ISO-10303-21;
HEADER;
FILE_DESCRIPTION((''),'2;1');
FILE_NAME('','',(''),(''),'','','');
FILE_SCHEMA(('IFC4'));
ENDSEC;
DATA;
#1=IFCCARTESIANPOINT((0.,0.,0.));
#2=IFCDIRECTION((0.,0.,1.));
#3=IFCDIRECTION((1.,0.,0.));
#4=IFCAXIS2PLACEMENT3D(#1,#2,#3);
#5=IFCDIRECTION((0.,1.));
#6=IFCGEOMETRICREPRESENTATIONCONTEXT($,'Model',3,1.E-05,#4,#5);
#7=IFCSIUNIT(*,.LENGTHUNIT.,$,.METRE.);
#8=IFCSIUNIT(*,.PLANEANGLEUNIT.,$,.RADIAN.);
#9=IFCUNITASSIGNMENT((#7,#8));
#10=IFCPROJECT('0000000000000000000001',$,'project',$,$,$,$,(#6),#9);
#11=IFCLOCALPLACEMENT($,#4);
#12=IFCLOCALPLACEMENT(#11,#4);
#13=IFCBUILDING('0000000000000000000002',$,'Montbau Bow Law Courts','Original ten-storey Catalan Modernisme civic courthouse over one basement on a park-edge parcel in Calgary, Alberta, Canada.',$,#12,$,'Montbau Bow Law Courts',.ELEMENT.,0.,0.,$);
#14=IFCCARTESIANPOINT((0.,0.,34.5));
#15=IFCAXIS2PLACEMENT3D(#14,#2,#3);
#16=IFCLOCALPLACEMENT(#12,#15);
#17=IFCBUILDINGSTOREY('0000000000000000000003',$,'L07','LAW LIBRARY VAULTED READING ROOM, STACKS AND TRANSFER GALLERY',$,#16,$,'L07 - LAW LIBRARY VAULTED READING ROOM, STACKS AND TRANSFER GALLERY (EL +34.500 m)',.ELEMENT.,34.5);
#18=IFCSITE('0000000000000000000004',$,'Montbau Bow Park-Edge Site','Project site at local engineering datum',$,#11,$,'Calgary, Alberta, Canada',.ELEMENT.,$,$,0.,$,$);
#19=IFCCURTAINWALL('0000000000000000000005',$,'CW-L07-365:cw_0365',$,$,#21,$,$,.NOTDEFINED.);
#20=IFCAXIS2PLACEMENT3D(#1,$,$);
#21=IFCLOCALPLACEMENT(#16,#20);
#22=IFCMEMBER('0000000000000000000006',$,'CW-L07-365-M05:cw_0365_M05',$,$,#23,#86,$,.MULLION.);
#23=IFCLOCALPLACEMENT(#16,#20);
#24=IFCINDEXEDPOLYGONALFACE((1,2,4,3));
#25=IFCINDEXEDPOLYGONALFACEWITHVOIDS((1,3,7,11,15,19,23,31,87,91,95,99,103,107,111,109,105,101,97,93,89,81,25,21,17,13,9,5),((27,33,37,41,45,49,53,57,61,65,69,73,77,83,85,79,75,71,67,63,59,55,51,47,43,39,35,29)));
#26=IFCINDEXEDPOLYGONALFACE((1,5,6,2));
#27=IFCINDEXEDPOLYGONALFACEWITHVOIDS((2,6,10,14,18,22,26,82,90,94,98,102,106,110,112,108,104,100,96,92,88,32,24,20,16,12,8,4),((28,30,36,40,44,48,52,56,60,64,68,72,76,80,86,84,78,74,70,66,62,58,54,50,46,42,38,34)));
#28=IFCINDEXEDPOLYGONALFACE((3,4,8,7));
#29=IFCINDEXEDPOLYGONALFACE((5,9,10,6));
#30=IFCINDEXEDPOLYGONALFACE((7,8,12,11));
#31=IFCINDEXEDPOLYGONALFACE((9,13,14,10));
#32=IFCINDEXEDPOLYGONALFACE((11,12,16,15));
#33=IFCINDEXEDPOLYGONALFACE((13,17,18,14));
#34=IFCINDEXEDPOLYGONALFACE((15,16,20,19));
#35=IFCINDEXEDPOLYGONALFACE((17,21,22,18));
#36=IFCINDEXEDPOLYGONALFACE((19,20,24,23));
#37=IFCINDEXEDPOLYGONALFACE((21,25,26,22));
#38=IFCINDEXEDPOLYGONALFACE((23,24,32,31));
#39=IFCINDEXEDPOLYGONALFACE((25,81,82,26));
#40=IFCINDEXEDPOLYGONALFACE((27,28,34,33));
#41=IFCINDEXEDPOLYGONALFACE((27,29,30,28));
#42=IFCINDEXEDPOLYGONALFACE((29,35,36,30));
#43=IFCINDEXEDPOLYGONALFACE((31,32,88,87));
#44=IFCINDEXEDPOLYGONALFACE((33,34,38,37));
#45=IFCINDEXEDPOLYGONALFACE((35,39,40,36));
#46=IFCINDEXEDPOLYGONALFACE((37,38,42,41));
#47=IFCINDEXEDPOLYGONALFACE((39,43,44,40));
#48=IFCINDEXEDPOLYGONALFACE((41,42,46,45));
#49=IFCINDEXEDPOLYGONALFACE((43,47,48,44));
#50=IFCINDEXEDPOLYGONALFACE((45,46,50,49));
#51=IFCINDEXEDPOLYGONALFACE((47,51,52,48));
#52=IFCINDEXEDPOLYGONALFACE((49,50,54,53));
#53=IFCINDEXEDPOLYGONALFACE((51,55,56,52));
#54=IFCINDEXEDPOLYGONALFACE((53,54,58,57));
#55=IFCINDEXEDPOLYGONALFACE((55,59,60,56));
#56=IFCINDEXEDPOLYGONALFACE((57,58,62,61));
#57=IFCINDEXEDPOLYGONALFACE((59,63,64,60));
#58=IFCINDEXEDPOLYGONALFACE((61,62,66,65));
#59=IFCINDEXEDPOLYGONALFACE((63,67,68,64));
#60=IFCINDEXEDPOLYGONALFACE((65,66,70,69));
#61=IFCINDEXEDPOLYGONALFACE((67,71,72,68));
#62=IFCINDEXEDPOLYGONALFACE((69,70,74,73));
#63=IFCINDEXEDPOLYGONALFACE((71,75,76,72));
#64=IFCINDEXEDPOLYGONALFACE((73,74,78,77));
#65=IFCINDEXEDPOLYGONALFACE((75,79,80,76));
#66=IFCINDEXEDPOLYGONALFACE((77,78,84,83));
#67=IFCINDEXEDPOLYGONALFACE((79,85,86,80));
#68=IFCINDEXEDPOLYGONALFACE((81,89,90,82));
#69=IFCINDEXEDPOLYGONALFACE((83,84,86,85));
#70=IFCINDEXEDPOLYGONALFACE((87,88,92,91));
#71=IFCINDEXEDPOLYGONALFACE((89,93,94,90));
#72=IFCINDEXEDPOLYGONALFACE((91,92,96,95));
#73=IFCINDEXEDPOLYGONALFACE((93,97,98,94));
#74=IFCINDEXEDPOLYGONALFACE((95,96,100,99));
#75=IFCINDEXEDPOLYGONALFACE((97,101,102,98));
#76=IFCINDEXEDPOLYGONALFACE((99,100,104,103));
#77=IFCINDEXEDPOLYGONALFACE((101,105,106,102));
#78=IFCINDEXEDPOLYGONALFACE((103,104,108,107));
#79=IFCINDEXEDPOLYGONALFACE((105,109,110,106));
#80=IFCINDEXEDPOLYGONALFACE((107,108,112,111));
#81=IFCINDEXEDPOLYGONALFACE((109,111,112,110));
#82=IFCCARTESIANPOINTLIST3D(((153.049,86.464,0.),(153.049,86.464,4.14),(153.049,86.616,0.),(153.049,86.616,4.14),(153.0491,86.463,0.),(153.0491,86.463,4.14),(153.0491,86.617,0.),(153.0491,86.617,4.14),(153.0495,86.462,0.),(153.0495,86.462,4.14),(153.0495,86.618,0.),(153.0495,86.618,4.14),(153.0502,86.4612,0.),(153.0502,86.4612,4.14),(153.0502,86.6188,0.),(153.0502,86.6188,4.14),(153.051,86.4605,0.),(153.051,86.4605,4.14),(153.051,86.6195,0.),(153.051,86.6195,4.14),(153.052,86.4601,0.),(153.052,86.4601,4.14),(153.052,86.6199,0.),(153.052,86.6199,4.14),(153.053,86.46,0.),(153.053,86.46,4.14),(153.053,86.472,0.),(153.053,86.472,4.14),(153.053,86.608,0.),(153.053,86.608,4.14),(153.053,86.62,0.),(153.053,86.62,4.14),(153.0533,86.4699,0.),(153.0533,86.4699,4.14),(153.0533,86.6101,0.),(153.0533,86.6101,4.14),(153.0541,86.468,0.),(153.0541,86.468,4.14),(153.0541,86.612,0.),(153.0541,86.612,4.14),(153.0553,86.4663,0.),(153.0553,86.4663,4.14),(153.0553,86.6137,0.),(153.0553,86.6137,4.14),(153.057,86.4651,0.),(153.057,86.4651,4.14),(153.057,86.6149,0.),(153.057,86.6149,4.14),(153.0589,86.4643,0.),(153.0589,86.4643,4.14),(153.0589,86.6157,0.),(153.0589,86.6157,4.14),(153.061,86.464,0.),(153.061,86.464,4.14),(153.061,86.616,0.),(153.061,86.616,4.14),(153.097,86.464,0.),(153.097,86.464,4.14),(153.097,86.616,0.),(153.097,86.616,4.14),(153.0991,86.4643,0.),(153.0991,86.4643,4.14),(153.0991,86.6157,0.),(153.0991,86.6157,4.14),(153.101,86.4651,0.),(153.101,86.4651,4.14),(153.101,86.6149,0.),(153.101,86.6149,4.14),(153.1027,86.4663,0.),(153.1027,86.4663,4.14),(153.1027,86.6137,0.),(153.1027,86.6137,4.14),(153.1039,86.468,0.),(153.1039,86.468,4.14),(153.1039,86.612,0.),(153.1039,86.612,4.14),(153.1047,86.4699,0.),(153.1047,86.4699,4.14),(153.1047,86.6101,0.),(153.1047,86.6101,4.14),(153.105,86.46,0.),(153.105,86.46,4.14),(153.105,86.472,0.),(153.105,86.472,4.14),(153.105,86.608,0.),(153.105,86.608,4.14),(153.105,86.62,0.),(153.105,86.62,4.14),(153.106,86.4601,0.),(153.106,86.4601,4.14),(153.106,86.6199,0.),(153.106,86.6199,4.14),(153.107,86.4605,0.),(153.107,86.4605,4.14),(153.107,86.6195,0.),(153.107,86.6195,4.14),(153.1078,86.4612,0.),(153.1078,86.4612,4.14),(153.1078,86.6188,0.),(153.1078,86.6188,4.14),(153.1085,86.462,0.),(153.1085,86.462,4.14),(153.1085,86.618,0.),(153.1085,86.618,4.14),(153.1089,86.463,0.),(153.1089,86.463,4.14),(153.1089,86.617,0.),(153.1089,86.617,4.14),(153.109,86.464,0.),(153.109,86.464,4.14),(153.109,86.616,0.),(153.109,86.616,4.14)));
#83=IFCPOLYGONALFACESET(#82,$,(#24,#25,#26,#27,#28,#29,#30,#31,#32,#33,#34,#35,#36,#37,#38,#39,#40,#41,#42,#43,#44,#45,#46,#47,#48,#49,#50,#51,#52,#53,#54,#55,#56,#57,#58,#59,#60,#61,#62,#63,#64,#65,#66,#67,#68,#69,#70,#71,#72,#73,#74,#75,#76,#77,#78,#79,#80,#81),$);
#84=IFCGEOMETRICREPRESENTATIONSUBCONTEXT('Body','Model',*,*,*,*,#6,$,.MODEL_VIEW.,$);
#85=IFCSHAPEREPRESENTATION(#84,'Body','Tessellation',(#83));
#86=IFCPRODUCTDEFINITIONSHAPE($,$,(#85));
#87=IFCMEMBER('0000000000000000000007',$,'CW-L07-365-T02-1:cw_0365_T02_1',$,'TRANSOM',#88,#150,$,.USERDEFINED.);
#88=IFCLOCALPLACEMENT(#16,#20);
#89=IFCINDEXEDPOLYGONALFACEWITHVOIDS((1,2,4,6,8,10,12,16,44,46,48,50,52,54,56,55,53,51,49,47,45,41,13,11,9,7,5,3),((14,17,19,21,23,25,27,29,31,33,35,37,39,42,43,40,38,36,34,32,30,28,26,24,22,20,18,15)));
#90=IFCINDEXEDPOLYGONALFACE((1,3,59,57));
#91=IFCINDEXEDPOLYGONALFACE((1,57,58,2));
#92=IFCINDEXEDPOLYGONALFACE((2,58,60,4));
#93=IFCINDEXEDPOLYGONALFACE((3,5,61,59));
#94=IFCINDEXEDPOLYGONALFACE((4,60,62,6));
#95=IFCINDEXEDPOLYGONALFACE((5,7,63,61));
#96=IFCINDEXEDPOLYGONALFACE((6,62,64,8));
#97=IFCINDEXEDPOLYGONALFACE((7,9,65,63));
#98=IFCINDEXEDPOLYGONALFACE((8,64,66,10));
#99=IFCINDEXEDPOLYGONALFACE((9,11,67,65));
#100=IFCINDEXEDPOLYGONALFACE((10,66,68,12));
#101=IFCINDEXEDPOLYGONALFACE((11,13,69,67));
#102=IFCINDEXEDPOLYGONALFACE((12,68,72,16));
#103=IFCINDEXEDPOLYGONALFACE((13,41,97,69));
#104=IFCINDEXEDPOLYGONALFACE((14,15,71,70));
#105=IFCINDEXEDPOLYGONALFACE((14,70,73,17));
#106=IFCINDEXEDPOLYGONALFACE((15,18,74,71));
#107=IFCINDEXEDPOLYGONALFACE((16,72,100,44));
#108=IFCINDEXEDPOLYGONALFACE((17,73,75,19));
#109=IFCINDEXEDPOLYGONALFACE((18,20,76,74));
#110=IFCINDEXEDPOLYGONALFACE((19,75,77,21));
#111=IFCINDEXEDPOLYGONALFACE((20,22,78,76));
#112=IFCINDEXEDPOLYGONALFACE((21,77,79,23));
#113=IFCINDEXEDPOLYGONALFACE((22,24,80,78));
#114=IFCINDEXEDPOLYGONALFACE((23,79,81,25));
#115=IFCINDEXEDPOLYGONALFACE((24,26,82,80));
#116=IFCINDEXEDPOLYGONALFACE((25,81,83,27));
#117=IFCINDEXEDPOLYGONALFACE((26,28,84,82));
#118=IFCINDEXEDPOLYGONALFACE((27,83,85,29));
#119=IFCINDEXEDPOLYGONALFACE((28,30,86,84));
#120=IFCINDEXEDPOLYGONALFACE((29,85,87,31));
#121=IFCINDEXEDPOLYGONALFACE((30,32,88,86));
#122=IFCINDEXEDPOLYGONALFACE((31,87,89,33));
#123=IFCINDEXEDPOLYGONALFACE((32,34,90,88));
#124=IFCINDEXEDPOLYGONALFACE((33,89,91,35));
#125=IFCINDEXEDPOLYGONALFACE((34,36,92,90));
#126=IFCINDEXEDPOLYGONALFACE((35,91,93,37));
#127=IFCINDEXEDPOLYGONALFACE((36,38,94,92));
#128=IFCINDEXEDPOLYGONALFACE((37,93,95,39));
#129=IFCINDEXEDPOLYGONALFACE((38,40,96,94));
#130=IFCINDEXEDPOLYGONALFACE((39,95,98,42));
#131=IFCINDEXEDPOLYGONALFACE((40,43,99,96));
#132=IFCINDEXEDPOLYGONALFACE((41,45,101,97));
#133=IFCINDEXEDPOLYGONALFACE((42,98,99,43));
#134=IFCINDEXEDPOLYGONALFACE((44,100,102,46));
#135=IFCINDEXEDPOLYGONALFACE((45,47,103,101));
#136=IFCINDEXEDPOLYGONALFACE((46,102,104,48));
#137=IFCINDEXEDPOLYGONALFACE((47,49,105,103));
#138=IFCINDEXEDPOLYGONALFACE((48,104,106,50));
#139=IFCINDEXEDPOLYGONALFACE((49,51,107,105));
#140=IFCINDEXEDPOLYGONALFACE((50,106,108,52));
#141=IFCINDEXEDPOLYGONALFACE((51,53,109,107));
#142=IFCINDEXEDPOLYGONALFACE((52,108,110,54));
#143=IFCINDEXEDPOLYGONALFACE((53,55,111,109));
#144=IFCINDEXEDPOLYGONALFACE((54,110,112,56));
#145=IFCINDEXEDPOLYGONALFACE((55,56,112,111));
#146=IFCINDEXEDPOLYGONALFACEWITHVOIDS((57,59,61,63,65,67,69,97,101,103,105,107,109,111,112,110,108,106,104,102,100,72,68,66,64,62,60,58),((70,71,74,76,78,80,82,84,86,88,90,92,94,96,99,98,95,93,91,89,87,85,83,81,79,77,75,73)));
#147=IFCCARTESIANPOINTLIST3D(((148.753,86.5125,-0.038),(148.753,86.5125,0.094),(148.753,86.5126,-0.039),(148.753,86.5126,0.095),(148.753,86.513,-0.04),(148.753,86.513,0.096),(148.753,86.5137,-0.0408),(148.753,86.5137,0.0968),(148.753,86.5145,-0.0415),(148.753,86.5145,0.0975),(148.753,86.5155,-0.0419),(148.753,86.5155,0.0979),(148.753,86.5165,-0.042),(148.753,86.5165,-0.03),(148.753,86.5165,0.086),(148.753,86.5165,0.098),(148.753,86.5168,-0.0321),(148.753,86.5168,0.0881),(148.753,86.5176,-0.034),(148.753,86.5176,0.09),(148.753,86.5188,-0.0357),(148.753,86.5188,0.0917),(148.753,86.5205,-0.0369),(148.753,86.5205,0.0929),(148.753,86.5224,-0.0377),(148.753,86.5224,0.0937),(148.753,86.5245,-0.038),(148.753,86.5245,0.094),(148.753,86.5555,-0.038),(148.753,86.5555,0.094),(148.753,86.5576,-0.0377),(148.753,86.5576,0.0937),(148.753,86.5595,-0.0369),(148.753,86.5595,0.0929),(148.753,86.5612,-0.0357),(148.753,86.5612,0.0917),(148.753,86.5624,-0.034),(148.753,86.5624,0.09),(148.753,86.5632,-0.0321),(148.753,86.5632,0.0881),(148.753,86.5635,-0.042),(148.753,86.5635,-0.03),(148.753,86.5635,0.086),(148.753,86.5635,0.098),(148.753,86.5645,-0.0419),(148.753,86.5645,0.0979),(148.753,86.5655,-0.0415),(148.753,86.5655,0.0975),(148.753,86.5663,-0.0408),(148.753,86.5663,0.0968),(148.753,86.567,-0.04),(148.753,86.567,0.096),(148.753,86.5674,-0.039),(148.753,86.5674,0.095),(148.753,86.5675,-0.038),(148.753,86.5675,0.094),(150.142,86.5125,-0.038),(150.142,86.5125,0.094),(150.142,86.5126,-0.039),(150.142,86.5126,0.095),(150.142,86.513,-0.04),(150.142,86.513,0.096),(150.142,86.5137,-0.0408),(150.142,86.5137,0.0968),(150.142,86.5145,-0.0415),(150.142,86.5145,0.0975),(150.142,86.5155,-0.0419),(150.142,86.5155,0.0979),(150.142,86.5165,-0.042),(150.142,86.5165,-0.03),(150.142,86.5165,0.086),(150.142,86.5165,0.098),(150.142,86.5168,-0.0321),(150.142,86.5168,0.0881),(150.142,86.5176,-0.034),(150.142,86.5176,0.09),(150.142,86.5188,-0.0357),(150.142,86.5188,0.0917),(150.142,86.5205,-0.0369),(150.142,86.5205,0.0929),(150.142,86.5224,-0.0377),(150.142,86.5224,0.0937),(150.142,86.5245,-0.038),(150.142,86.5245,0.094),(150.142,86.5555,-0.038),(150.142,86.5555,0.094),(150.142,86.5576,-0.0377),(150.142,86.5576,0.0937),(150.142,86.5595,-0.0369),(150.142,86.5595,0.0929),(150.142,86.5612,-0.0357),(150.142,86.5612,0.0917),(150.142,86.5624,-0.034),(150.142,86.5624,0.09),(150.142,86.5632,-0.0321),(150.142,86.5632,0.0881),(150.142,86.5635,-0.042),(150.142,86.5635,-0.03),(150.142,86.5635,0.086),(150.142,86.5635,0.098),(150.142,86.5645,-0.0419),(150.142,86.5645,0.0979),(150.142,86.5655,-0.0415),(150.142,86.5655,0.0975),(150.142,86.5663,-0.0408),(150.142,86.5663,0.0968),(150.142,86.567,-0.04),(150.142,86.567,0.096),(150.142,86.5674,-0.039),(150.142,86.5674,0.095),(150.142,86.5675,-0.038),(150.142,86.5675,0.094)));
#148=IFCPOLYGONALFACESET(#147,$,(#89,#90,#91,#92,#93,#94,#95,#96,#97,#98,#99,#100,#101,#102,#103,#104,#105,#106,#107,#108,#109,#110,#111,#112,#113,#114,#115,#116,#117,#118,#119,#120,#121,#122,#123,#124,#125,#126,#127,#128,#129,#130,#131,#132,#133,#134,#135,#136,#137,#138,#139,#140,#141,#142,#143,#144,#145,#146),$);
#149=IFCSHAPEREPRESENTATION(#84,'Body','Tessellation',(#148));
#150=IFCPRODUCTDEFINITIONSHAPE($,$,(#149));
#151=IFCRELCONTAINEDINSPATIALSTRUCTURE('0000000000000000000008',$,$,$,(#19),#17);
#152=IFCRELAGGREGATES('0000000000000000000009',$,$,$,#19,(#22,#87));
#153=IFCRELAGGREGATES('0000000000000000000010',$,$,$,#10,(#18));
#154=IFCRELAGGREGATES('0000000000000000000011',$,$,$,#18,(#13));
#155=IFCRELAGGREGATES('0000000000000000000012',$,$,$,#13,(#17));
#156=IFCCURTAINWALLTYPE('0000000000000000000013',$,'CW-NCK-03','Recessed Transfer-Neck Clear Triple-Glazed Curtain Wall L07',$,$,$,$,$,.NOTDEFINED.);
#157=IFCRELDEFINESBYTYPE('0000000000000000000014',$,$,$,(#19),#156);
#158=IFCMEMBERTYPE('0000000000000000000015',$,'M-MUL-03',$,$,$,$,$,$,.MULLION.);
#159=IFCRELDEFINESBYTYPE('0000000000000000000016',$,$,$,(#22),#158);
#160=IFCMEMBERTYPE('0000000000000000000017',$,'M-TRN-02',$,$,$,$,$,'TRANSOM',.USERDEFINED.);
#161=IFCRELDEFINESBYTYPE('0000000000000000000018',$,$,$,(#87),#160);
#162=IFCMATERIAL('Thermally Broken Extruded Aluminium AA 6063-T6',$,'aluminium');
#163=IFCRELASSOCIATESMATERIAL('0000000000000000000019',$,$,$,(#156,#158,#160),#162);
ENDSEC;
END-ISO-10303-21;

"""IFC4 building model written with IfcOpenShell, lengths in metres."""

from ifc_helpers import new_model, si_unit, direction, frame, origin_with_axes, origin_2d_with_axis, place, context, subcontext, project, spatial, hollow_rectangle, extrude, material, material_profile, profile_set, type_object, element, aggregate, save


model = new_model("IFC4")

# Units and contexts
model_context = context("Model", 3, precision=1e-05, world=origin_with_axes(), true_north=direction((0.0, 1.0)))
body_context = subcontext(model_context, "Body", "Model", "MODEL_VIEW")
ifc_project = project(units=[si_unit("LENGTHUNIT", "METRE"), si_unit("PLANEANGLEUNIT", "RADIAN")], contexts=[model_context])

# Site, building, storey
site_placement = place(None, origin_with_axes())
site = spatial("IfcSite", under=ifc_project, at=site_placement, Name="Montbau Bow Park-Edge Site", Description="Project site at local engineering datum", LongName="Calgary, Alberta, Canada", CompositionType="ELEMENT", RefElevation=0.0)
building_placement = place(site_placement, origin_with_axes())
building = spatial("IfcBuilding", under=site, at=building_placement, Name="Montbau Bow Law Courts", Description="Original ten-storey Catalan Modernisme civic courthouse over one basement on a park-edge parcel in Calgary, Alberta, Canada.", LongName="Montbau Bow Law Courts", CompositionType="ELEMENT", ElevationOfRefHeight=0.0, ElevationOfTerrain=0.0)
storey_placement = place(building_placement, frame((0.0, 0.0, 34.5), z_axis=(0.0, 0.0, 1.0), x_axis=(1.0, 0.0, 0.0)))
storey = spatial("IfcBuildingStorey", under=building, at=storey_placement, Name="L07", Description="LAW LIBRARY VAULTED READING ROOM, STACKS AND TRANSFER GALLERY", LongName="L07 - LAW LIBRARY VAULTED READING ROOM, STACKS AND TRANSFER GALLERY (EL +34.500 m)", CompositionType="ELEMENT", Elevation=34.5)

# Curtain wall, members
ifc_material_1 = material(Name="Thermally Broken Extruded Aluminium AA 6063-T6", Category="aluminium")
curtain_wall_type = type_object("IfcCurtainWallType", Name="CW-NCK-03", Description="Recessed Transfer-Neck Clear Triple-Glazed Curtain Wall L07", PredefinedType="NOTDEFINED", material=ifc_material_1)
curtain_wall_placement = place(None, frame((147.268, 86.54, 34.5), z_axis=(0.0, 0.0, 1.0), x_axis=(1.0, 0.0, 0.0)))
curtain_wall = element("IfcCurtainWall", 1, at=curtain_wall_placement, inside=storey, type_object=curtain_wall_type, Name="CW-L07-365:cw_0365", PredefinedType="NOTDEFINED")
ifc_material_profile_1 = material_profile(ifc_material_1, hollow_rectangle(XDim=0.06, YDim=0.16, WallThickness=0.004, InnerFilletRadius=0.008, OuterFilletRadius=0.004, at=origin_2d_with_axis()), Name="CWM-160X60", Category="Main", Priority=0)
ifc_profile_set_1 = profile_set([ifc_material_profile_1], Name="Thermally Broken Extruded Aluminium AA 6063-T6")
member_type_1 = type_object("IfcMemberType", Name="M-MUL-03", PredefinedType="MULLION", material=ifc_profile_set_1)
member_1_placement = place(None, frame((153.079, 86.54, 34.5), z_axis=(0.0, 0.0, 1.0), x_axis=(1.0, 0.0, 0.0)))
member_1 = element("IfcMember", 2, at=member_1_placement, type_object=member_type_1, Name="CW-L07-365-M05:cw_0365_M05", PredefinedType="MULLION", context=body_context, shape_type="SweptSolid", body=[
    extrude(hollow_rectangle(XDim=0.06, YDim=0.16, WallThickness=0.004, InnerFilletRadius=0.008, OuterFilletRadius=0.004, at=origin_2d_with_axis()), origin_with_axes(), (0.0, 0.0, 1.0), 4.14),
])
ifc_material_profile_2 = material_profile(ifc_material_1, hollow_rectangle(XDim=0.055, YDim=0.14, WallThickness=0.004, InnerFilletRadius=0.008, OuterFilletRadius=0.004, at=origin_2d_with_axis()), Name="CWT-140X55", Category="Main", Priority=0)
ifc_profile_set_2 = profile_set([ifc_material_profile_2], Name="Thermally Broken Extruded Aluminium AA 6063-T6")
member_type_2 = type_object("IfcMemberType", Name="M-TRN-02", ElementType="TRANSOM", PredefinedType="USERDEFINED", material=ifc_profile_set_2)
member_2_placement = place(None, frame((148.753, 86.54, 34.528), z_axis=(1.0, 0.0, 0.0), x_axis=(0.0, 1.0, 0.0)))
member_2 = element("IfcMember", 3, at=member_2_placement, type_object=member_type_2, Name="CW-L07-365-T02-1:cw_0365_T02_1", ObjectType="TRANSOM", PredefinedType="USERDEFINED", context=body_context, shape_type="SweptSolid", body=[
    extrude(hollow_rectangle(XDim=0.055, YDim=0.14, WallThickness=0.004, InnerFilletRadius=0.008, OuterFilletRadius=0.004, at=origin_2d_with_axis()), origin_with_axes(), (0.0, 0.0, 1.0), 1.389),
])
aggregate(curtain_wall, [member_1, member_2])

save(model, "model.ifc")
